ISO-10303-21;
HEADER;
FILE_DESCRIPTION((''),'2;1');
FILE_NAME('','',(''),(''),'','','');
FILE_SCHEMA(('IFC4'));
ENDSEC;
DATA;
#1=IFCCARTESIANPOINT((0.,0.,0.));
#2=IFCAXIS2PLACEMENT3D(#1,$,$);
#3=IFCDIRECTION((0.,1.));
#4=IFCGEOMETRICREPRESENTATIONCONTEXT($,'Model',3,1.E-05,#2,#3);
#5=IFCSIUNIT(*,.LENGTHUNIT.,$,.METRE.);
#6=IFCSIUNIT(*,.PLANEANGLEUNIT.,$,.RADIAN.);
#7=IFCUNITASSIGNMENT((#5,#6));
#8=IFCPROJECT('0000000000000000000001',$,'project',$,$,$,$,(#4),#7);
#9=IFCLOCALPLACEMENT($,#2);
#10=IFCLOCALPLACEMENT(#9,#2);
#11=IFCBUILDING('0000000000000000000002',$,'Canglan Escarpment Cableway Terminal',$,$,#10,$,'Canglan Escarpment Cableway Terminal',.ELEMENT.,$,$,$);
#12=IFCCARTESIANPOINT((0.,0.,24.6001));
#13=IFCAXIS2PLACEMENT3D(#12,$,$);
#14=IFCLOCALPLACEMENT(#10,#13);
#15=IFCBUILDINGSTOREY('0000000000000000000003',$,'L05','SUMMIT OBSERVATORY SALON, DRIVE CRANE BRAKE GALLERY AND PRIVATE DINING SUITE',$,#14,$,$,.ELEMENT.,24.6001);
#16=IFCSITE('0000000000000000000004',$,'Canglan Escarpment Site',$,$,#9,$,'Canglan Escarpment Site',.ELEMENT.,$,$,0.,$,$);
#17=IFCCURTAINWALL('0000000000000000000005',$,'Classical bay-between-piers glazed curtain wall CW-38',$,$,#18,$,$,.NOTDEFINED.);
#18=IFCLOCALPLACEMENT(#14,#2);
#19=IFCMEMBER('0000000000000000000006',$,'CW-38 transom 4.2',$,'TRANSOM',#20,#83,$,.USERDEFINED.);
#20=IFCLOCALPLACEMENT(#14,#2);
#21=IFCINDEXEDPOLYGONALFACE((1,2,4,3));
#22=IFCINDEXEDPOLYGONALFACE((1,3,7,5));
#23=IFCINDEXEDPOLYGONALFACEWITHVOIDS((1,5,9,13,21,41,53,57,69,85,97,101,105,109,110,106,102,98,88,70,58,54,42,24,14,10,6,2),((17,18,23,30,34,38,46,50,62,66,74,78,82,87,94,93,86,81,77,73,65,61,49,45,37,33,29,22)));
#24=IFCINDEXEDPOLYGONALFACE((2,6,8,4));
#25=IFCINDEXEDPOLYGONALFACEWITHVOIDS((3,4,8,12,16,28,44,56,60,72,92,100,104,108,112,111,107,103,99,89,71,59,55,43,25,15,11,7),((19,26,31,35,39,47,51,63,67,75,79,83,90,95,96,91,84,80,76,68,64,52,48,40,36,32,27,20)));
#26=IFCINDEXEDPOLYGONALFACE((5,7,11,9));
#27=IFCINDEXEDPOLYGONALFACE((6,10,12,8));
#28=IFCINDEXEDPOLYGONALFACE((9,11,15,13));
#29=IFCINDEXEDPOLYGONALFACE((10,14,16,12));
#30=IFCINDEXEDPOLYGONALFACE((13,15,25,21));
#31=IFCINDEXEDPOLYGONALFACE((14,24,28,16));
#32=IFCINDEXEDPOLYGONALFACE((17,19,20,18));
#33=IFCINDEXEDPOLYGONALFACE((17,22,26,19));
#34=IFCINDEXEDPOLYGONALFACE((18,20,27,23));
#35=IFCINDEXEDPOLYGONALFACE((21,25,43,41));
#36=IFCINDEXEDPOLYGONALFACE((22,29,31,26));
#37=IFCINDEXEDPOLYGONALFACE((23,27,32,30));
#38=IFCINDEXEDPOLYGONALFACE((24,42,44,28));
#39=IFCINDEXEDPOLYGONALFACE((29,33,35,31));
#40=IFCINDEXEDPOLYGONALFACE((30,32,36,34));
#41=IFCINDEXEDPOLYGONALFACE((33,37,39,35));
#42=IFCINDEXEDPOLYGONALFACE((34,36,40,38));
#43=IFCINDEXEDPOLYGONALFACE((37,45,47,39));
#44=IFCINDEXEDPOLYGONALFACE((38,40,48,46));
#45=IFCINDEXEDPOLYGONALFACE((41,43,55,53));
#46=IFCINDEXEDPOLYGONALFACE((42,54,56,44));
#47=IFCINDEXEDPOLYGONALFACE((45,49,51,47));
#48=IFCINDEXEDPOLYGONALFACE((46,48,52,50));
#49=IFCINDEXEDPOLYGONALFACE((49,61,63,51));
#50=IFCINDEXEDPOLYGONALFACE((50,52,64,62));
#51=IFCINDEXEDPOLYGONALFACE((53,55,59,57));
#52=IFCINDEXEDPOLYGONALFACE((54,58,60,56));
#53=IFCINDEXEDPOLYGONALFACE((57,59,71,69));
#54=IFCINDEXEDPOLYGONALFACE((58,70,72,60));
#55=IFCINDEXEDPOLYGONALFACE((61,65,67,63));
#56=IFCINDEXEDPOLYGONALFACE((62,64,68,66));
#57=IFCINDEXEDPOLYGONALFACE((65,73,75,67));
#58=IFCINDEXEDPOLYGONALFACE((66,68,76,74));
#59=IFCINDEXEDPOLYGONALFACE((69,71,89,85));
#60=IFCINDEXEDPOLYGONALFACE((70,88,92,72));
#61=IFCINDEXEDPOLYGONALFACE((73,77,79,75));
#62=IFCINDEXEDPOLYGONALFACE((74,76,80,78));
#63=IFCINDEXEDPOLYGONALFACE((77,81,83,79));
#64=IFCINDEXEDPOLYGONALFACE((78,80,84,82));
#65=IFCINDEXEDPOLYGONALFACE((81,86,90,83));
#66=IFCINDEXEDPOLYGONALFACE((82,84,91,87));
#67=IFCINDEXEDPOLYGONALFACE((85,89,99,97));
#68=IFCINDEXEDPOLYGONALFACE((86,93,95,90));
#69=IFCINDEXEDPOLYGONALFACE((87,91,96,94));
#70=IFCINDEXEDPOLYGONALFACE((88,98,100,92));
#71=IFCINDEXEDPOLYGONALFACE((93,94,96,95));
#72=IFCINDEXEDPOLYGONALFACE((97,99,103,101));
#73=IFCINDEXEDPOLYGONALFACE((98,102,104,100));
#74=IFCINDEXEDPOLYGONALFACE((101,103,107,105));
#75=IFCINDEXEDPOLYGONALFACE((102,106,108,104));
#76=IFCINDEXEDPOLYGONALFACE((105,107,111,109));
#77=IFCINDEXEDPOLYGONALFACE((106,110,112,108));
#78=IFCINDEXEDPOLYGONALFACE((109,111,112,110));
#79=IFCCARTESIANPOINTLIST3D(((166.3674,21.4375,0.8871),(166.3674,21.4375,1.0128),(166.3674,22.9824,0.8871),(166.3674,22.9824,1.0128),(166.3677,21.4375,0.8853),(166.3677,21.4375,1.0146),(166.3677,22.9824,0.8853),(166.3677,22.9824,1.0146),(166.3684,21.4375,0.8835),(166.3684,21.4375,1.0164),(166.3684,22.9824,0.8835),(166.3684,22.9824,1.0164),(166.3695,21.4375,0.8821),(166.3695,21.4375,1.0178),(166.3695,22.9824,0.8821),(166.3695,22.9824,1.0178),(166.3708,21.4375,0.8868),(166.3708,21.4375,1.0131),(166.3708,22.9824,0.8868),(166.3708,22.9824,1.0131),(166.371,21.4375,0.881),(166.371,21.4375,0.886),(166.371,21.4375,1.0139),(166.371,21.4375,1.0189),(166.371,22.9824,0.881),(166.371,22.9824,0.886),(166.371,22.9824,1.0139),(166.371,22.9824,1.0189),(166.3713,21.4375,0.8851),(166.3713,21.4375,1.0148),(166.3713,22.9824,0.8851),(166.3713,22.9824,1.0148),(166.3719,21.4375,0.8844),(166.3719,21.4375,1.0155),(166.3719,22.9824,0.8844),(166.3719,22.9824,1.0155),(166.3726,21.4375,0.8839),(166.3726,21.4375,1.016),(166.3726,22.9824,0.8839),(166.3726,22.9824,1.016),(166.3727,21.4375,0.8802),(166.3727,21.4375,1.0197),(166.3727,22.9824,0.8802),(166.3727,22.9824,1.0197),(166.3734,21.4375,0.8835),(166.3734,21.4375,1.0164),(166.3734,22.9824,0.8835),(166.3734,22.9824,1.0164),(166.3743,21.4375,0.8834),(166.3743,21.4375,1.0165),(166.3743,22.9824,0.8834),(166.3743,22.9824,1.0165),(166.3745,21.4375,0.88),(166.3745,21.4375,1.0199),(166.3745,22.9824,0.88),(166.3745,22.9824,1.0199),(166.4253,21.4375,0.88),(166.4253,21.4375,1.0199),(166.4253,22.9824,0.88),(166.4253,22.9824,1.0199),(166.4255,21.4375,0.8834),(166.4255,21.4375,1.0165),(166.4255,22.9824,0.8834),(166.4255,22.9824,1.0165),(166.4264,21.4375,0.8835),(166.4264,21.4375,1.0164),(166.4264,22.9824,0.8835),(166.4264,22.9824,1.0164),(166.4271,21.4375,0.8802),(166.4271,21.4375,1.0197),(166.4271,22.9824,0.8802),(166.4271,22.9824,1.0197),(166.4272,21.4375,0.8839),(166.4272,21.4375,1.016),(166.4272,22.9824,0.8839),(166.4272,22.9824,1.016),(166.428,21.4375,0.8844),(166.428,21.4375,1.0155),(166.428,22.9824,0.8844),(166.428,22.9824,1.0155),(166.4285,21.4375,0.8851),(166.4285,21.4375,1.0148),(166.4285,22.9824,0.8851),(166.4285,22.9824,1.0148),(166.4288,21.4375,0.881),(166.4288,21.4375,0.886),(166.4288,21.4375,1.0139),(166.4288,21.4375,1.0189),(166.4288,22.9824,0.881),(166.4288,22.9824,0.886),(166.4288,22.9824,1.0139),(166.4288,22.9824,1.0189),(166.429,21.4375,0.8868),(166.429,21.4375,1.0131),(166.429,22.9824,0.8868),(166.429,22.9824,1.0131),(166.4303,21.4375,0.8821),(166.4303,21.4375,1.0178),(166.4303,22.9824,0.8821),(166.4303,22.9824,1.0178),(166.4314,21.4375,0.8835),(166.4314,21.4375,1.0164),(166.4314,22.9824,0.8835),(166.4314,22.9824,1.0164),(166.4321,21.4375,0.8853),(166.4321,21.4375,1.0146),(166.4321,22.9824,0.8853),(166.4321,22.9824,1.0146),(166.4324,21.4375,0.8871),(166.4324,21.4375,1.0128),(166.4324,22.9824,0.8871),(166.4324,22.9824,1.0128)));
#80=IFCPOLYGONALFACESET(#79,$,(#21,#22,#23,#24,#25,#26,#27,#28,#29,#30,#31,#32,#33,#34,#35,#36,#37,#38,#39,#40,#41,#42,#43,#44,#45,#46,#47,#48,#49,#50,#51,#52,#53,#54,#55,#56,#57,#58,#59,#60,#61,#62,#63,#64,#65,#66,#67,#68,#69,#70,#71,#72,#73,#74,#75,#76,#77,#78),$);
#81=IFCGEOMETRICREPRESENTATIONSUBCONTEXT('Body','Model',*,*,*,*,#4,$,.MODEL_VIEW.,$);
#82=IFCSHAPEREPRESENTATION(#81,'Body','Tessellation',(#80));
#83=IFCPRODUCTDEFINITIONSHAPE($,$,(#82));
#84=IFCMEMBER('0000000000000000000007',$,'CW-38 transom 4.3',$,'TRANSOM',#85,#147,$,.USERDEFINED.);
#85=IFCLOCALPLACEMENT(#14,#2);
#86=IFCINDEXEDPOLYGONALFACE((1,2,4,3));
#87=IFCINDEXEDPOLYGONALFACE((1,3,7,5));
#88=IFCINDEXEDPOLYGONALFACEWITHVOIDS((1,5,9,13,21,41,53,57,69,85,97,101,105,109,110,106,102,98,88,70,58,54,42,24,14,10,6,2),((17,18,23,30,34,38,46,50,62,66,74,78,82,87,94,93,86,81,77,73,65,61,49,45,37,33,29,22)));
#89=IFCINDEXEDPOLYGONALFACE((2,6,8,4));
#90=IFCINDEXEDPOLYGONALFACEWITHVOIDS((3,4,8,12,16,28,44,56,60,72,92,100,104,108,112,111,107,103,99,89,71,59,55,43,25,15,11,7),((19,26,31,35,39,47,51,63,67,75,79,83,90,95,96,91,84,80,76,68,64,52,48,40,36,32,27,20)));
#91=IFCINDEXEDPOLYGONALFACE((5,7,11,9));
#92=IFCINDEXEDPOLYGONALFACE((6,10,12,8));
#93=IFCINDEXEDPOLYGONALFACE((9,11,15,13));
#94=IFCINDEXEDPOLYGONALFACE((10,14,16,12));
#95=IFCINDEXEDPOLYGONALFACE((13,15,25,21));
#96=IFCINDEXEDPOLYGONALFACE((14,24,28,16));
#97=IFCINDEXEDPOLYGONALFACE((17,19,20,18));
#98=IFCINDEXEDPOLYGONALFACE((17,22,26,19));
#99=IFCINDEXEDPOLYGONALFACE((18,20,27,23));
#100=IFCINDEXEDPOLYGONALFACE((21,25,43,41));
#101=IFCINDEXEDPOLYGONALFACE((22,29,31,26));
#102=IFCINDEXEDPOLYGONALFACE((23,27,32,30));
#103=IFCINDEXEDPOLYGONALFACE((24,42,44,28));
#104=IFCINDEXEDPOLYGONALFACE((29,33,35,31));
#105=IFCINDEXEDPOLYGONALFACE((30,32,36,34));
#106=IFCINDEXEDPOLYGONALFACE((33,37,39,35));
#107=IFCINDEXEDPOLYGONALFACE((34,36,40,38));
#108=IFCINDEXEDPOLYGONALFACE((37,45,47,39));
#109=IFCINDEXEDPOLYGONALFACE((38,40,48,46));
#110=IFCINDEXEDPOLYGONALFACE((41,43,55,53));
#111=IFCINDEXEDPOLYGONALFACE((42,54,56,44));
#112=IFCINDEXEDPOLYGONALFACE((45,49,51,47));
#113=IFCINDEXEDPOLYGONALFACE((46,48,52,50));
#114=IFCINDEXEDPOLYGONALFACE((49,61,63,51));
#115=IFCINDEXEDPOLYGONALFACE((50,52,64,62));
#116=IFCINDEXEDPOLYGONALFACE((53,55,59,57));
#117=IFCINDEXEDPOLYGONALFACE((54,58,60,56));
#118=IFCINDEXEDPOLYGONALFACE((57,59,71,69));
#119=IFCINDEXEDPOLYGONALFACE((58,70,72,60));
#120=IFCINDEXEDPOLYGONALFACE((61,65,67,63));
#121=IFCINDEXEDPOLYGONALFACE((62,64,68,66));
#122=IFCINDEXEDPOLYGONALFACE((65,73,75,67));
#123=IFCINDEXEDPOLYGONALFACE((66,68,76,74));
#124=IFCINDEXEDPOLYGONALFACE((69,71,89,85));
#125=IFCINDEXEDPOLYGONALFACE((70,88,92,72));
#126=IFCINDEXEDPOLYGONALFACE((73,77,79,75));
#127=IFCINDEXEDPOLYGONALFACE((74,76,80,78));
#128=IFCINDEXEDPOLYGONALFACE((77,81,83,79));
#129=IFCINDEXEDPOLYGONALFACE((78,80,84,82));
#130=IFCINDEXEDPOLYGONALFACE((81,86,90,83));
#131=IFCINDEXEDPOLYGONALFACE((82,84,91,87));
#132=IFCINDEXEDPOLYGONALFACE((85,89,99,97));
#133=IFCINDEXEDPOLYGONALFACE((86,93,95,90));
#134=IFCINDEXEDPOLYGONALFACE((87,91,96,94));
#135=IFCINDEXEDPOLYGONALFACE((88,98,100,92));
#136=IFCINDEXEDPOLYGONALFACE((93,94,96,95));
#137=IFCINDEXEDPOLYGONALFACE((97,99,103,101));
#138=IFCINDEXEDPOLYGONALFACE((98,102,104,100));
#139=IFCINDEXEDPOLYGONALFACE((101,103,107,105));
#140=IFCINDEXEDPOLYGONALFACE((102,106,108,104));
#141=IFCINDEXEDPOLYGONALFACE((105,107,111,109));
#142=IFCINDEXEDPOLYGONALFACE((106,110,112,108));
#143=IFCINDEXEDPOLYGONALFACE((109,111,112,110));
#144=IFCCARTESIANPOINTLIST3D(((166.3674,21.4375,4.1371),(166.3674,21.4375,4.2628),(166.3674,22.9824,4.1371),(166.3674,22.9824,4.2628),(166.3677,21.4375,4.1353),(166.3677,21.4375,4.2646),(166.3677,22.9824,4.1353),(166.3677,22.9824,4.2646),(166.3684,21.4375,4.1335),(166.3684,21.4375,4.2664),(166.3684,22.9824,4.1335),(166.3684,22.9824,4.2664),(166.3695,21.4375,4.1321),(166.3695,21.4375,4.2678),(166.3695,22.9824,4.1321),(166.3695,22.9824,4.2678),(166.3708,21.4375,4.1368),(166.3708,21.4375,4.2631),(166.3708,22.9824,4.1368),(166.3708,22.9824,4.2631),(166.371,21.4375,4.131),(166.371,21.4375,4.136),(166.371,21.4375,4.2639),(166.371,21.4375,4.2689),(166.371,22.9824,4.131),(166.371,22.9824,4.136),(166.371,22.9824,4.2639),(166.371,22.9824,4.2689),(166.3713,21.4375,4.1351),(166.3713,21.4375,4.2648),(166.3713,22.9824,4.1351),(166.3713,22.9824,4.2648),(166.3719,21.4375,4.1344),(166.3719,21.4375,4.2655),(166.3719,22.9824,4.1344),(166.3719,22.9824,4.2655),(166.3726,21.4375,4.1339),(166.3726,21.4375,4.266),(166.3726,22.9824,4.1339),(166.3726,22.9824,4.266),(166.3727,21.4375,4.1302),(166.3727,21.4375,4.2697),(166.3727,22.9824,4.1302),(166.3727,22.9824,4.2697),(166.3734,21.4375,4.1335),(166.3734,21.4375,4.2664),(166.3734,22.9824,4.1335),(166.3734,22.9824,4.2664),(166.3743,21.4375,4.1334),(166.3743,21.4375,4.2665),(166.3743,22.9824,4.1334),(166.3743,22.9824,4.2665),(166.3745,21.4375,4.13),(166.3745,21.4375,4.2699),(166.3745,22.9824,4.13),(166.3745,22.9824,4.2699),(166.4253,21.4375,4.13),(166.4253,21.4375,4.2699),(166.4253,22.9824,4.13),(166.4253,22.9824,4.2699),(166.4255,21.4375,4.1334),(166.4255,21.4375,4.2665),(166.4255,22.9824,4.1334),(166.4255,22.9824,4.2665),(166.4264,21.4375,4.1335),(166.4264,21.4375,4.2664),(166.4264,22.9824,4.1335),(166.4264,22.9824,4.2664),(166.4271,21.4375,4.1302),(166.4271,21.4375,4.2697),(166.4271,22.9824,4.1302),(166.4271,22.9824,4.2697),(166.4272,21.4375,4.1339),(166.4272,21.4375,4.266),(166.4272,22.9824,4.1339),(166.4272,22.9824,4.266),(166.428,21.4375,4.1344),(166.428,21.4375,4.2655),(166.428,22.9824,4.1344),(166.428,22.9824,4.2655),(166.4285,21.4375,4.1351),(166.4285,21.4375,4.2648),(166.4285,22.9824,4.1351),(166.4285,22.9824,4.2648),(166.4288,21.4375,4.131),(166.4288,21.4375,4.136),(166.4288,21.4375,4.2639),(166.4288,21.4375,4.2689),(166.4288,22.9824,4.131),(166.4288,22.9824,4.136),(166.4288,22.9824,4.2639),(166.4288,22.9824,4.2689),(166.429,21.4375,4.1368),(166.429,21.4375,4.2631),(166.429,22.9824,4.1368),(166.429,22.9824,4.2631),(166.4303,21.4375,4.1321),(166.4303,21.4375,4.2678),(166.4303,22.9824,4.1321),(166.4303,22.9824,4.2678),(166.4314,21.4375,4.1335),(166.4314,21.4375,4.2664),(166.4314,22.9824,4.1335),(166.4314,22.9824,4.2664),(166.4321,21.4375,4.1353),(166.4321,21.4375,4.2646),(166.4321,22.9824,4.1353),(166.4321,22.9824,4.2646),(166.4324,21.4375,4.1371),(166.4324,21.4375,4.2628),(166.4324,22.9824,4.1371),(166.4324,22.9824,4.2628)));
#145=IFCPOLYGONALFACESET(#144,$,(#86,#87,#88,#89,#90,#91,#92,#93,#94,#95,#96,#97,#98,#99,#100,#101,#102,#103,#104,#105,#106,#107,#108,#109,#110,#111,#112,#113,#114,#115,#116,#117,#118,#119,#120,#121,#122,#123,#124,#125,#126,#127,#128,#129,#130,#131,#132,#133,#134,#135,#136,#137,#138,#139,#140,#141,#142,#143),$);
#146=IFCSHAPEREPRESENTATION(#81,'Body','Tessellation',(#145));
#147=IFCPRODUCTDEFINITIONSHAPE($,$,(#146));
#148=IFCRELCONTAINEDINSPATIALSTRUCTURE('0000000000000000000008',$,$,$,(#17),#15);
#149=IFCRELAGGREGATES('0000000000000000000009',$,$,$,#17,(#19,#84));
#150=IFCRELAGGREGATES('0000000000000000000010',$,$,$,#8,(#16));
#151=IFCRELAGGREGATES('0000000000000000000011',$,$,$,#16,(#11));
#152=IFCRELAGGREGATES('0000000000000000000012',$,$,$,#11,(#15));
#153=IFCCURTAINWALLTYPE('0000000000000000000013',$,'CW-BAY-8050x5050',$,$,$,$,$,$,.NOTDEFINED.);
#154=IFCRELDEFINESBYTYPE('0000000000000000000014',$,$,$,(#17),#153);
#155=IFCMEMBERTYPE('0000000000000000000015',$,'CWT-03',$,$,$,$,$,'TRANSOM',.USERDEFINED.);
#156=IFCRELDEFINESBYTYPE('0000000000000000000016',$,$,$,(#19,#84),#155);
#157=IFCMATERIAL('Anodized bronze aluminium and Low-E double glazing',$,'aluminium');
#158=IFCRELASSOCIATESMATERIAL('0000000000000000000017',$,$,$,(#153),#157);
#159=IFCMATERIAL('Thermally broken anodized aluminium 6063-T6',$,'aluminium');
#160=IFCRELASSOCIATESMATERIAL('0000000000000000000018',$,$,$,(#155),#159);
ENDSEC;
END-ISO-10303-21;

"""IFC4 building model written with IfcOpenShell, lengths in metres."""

from ifc_helpers import new_model, si_unit, direction, frame, origin, origin_2d, place, context, subcontext, project, spatial, hollow_rectangle, extrude, material, material_profile, profile_set, type_object, element, aggregate, save


model = new_model("IFC4")

# Units and contexts
model_context = context("Model", 3, precision=1e-05, world=origin(), true_north=direction((0.0, 1.0)))
body_context = subcontext(model_context, "Body", "Model", "MODEL_VIEW")
ifc_project = project(units=[si_unit("LENGTHUNIT", "METRE"), si_unit("PLANEANGLEUNIT", "RADIAN")], contexts=[model_context])

# Site, building, storey
site_placement = place(None, origin())
site = spatial("IfcSite", under=ifc_project, at=site_placement, Name="Canglan Escarpment Site", LongName="Canglan Escarpment Site", CompositionType="ELEMENT", RefElevation=0.0)
building_placement = place(site_placement, origin())
building = spatial("IfcBuilding", under=site, at=building_placement, Name="Canglan Escarpment Cableway Terminal", LongName="Canglan Escarpment Cableway Terminal", CompositionType="ELEMENT")
storey_placement = place(building_placement, frame((0.0, 0.0, 24.6001)))
storey = spatial("IfcBuildingStorey", under=building, at=storey_placement, Name="L05", Description="SUMMIT OBSERVATORY SALON, DRIVE CRANE BRAKE GALLERY AND PRIVATE DINING SUITE", CompositionType="ELEMENT", Elevation=24.6001)

# Curtain wall, members
ifc_material_1 = material(Name="Anodized bronze aluminium and Low-E double glazing", Category="aluminium")
curtain_wall_type = type_object("IfcCurtainWallType", Name="CW-BAY-8050x5050", PredefinedType="NOTDEFINED", material=ifc_material_1)
curtain_wall_placement = place(storey_placement, origin())
curtain_wall = element("IfcCurtainWall", 1, at=curtain_wall_placement, inside=storey, type_object=curtain_wall_type, Name="Classical bay-between-piers glazed curtain wall CW-38", PredefinedType="NOTDEFINED")
ifc_material_2 = material(Name="Thermally broken anodized aluminium 6063-T6", Category="aluminium")
ifc_material_profile_1 = material_profile(ifc_material_2, hollow_rectangle(XDim=0.0649, YDim=0.1399, WallThickness=0.0034, InnerFilletRadius=0.0034, OuterFilletRadius=0.0071, at=origin_2d()), Name="ALU-TRAN 65x140x3.5")
ifc_profile_set_1 = profile_set([ifc_material_profile_1], Name="Thermally broken anodized aluminium 6063-T6")
member_type_1 = type_object("IfcMemberType", Name="CWT-03", ElementType="TRANSOM", PredefinedType="USERDEFINED", material=ifc_profile_set_1)
member_1_placement = place(storey_placement, frame((166.3999, 21.4375, 0.95), z_axis=(0.0, 1.0, 0.0), x_axis=(-1.0, 0.0, 0.0)))
member_1 = element("IfcMember", 2, at=member_1_placement, type_object=member_type_1, Name="CW-38 transom 4.2", ObjectType="TRANSOM", PredefinedType="USERDEFINED", context=body_context, shape_type="SweptSolid", body=[
    extrude(hollow_rectangle(XDim=0.0649, YDim=0.1399, WallThickness=0.0034, InnerFilletRadius=0.0034, OuterFilletRadius=0.0071, at=origin_2d()), origin(), (0.0, 0.0, 1.0), 1.5449),
])
member_2_placement = place(storey_placement, frame((166.3999, 21.4375, 4.2), z_axis=(0.0, 1.0, 0.0), x_axis=(-1.0, 0.0, 0.0)))
member_2 = element("IfcMember", 3, at=member_2_placement, type_object=member_type_1, Name="CW-38 transom 4.3", ObjectType="TRANSOM", PredefinedType="USERDEFINED", context=body_context, shape_type="SweptSolid", body=[
    extrude(hollow_rectangle(XDim=0.0649, YDim=0.1399, WallThickness=0.0034, InnerFilletRadius=0.0034, OuterFilletRadius=0.0071, at=origin_2d()), origin(), (0.0, 0.0, 1.0), 1.5449),
])
aggregate(curtain_wall, [member_1, member_2])

save(model, "model.ifc")
